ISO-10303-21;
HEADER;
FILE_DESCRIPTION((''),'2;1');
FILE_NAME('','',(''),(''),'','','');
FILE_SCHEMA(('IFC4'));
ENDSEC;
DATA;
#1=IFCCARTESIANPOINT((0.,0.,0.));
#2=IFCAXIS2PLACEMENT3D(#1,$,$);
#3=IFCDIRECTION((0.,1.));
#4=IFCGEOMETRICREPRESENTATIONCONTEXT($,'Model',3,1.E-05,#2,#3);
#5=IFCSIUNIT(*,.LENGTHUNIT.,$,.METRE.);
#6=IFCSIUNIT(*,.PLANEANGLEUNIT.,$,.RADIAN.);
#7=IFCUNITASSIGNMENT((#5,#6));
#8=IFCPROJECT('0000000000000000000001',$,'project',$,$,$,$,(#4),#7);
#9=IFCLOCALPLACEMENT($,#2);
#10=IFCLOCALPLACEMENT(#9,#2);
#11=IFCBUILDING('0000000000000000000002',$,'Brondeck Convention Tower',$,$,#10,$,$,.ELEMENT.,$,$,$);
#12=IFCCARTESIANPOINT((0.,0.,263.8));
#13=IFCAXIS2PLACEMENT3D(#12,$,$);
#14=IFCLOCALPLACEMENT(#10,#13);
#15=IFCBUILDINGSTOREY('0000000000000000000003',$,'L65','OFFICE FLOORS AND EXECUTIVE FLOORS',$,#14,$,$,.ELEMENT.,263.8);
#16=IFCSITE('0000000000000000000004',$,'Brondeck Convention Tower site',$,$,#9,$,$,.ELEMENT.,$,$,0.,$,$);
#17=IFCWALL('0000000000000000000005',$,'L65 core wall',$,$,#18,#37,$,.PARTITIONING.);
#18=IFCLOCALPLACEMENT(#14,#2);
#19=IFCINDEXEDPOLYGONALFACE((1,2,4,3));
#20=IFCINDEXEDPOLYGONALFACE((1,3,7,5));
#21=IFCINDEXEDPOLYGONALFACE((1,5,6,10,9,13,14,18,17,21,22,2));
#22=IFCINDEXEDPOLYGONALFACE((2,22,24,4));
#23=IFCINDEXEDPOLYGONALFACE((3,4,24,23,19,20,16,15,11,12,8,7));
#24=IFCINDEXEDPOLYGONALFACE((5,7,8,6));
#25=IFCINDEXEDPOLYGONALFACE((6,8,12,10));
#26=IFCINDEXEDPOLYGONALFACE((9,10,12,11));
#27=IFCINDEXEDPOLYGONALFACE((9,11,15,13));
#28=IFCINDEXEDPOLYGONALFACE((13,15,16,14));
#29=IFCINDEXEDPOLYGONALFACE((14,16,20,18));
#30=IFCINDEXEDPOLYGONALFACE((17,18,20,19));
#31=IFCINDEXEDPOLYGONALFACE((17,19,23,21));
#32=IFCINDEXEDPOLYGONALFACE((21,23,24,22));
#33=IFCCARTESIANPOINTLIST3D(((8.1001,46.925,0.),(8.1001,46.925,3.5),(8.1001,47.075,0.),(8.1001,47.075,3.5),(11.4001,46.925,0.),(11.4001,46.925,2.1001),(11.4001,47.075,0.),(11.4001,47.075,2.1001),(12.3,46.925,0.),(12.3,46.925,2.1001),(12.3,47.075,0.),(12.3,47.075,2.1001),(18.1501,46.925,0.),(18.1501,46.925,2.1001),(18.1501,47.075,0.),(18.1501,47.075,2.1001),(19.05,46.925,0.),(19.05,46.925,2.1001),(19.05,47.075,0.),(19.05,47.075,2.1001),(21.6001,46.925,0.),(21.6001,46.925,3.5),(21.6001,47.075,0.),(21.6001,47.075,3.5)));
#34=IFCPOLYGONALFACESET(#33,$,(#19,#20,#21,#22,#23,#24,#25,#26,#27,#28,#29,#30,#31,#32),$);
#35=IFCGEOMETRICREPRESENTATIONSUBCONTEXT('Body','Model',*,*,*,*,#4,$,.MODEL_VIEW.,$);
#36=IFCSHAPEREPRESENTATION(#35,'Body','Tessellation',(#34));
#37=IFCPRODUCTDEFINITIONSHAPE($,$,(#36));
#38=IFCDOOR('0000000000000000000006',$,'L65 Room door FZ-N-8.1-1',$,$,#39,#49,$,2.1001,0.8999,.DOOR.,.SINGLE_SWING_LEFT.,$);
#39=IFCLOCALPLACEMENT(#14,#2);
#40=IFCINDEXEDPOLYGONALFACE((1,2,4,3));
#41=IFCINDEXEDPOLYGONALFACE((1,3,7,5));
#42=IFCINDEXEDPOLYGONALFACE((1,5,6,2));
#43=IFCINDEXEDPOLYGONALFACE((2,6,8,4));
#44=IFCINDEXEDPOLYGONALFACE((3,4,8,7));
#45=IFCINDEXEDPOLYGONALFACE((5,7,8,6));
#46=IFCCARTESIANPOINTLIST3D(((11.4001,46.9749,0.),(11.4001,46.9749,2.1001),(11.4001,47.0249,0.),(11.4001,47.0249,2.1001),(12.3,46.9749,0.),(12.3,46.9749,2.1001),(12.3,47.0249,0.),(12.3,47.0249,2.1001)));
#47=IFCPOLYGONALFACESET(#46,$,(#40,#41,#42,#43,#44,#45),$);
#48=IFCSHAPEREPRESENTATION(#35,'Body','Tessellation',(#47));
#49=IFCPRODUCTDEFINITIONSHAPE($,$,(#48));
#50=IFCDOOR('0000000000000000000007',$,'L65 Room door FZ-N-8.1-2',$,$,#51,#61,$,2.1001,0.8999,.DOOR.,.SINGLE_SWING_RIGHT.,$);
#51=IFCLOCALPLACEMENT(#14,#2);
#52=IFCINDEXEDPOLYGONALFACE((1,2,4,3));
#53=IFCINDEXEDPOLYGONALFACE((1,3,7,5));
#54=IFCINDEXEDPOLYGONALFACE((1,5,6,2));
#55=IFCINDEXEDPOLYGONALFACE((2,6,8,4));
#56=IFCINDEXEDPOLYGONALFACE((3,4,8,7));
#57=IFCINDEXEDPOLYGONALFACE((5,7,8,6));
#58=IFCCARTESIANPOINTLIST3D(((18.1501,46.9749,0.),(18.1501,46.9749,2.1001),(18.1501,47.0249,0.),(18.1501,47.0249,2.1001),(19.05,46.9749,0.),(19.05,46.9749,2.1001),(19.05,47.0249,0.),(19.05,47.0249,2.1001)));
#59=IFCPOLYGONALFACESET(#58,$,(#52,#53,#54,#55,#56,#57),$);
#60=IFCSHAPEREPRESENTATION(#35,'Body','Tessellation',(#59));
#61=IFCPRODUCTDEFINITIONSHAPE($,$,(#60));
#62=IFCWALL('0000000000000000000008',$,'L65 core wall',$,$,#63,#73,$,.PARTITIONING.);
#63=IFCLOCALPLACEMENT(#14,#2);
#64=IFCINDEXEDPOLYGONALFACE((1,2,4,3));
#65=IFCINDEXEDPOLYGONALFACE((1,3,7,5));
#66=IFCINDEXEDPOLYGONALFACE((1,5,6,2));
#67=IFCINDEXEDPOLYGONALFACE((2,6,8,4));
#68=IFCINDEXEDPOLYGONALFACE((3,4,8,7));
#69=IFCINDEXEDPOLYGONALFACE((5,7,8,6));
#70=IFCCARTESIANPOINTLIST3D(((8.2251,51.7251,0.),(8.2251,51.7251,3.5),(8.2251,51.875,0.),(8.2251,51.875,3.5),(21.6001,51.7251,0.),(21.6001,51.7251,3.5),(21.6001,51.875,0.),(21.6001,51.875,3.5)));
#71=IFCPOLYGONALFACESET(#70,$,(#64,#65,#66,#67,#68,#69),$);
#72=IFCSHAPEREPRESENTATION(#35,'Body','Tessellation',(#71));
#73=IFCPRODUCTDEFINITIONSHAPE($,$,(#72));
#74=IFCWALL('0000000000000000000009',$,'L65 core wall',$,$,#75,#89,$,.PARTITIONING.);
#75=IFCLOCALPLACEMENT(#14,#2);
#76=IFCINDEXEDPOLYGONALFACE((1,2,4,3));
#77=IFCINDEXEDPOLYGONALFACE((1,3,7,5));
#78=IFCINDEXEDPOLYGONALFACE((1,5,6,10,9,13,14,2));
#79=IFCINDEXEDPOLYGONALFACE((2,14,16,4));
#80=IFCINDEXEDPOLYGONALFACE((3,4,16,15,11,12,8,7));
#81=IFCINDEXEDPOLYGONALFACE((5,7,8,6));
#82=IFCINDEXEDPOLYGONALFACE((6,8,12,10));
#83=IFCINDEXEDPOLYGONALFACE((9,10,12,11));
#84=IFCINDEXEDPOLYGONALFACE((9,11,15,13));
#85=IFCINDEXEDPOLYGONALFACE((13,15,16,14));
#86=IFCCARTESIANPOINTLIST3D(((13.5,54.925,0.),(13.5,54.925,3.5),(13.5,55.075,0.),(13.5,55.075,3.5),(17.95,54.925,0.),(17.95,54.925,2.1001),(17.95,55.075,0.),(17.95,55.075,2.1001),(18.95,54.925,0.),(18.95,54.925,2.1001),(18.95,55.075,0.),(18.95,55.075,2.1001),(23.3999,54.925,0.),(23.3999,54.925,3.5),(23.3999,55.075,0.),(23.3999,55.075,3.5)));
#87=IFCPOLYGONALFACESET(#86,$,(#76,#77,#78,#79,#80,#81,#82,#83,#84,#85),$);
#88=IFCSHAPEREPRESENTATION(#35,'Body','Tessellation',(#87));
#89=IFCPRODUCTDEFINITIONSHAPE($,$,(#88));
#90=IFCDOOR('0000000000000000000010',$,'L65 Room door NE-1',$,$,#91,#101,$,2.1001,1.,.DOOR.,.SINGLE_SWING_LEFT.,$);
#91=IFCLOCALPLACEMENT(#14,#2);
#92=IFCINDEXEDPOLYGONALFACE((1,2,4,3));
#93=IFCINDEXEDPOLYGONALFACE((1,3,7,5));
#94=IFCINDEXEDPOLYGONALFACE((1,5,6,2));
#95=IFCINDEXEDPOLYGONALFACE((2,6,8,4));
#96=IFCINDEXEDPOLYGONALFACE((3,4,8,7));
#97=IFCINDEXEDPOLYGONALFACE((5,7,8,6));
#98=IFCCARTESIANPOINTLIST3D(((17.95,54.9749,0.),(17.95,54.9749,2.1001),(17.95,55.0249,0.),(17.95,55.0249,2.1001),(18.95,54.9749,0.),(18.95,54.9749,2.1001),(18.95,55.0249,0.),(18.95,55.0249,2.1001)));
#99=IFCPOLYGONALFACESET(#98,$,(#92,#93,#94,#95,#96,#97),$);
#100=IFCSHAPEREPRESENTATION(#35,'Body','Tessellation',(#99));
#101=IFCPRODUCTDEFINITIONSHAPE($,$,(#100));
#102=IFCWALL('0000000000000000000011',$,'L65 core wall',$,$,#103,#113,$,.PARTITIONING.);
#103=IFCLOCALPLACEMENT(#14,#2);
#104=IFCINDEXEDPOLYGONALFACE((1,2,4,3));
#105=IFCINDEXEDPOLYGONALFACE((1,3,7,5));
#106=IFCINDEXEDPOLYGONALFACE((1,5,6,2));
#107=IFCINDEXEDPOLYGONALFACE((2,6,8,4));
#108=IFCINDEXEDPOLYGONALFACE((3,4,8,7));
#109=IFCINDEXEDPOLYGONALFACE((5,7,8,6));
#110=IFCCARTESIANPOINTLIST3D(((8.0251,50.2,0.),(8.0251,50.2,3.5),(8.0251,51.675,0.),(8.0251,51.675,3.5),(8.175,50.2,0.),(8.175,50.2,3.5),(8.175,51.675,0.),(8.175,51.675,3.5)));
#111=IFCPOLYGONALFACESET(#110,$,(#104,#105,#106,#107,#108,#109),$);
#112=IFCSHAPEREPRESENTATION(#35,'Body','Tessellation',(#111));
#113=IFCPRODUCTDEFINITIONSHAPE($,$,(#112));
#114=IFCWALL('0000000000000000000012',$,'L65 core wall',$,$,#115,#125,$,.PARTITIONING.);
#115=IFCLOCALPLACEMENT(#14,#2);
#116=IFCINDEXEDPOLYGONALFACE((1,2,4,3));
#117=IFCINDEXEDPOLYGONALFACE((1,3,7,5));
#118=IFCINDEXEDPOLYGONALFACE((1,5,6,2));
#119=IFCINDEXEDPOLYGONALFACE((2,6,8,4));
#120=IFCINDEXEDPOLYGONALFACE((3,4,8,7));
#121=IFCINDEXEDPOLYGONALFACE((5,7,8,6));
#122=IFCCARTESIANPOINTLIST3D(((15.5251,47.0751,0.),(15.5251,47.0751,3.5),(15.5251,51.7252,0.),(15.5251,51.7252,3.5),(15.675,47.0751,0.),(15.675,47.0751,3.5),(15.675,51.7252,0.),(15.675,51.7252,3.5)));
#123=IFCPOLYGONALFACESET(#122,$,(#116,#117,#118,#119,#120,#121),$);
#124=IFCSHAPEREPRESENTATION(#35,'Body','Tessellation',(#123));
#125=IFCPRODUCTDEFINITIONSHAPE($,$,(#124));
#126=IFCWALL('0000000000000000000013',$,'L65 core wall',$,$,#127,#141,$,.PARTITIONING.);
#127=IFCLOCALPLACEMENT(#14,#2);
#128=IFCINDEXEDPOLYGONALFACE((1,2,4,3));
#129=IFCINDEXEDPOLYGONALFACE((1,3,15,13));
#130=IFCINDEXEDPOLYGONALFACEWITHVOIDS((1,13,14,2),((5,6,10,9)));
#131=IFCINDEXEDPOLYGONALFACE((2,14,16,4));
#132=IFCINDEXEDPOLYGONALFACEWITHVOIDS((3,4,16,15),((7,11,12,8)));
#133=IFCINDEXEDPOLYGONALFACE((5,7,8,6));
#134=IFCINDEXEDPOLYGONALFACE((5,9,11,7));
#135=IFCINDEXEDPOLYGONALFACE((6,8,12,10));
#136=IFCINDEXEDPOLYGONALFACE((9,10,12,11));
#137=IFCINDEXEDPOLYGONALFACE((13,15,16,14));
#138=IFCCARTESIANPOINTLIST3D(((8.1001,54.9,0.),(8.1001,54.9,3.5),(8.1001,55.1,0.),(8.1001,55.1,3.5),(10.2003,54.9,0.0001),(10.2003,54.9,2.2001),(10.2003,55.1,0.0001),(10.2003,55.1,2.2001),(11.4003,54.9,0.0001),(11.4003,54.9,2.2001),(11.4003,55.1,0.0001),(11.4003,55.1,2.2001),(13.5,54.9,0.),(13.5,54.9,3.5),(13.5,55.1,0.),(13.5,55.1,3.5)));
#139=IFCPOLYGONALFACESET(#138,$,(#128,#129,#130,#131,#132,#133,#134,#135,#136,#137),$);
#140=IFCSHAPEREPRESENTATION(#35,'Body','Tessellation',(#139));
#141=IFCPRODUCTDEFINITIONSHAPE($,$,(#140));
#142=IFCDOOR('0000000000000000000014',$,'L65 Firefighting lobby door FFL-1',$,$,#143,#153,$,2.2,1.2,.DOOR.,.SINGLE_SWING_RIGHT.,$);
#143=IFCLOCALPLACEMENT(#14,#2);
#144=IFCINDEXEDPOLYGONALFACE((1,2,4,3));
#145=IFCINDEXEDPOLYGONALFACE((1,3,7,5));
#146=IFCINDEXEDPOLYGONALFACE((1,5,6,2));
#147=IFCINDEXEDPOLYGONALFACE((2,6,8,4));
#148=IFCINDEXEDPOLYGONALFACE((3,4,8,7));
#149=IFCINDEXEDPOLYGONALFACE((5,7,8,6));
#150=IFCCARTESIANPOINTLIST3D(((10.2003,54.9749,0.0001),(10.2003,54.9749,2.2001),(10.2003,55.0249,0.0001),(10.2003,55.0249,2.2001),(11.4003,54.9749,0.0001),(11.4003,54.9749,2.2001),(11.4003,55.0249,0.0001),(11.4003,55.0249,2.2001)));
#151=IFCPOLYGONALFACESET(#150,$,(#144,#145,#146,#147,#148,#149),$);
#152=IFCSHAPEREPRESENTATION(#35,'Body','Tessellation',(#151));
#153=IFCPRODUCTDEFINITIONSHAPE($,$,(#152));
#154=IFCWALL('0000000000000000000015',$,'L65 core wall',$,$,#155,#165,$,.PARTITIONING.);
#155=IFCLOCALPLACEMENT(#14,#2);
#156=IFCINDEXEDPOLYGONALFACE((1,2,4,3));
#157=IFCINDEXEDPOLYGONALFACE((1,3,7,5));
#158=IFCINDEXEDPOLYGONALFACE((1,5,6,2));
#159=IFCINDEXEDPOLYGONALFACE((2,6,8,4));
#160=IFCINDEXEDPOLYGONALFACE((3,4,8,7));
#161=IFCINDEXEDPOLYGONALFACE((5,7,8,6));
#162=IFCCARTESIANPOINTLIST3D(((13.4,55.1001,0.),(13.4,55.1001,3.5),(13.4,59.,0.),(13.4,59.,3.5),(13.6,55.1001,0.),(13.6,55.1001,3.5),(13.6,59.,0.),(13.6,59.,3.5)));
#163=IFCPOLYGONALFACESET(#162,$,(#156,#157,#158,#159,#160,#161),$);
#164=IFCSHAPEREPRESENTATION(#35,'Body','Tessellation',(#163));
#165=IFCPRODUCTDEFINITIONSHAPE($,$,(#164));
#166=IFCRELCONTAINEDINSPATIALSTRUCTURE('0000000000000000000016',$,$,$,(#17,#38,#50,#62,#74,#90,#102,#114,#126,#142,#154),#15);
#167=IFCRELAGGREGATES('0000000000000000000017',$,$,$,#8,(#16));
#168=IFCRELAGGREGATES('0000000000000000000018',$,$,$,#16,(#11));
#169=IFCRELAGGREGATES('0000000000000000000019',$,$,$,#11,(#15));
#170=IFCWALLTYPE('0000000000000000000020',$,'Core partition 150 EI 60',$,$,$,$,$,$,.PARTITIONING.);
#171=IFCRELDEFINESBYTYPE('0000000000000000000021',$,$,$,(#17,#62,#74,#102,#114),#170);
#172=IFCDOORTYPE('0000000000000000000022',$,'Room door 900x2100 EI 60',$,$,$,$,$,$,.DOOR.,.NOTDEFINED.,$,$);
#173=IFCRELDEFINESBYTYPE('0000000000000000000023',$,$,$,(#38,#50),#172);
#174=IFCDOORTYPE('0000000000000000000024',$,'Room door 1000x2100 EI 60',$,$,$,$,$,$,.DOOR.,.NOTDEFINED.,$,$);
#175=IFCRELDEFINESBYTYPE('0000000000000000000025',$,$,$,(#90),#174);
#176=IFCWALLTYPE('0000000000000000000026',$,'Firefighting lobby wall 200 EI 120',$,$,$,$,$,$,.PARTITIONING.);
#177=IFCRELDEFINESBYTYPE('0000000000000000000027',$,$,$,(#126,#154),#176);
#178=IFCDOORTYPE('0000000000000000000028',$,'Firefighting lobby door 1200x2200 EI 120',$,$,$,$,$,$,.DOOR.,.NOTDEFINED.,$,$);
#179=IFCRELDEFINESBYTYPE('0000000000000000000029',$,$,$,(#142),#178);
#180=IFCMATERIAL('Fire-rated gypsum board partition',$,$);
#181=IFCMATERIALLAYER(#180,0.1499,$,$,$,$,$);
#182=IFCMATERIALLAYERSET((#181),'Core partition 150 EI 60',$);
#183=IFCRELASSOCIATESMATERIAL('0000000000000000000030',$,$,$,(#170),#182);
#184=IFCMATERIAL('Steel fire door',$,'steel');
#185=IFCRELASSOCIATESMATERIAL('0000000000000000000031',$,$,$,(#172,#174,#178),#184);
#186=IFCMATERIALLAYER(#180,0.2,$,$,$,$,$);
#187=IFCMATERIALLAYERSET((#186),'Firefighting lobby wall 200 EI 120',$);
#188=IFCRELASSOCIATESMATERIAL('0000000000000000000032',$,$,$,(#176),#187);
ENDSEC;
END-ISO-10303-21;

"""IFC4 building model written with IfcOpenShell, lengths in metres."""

from ifc_helpers import new_model, si_unit, direction, frame, frame_2d, origin, place, context, subcontext, project, spatial, rectangle, extrude, material, layer, layer_set, type_object, element, fill, save


model = new_model("IFC4")

# Units and contexts
model_context = context("Model", 3, precision=1e-05, world=origin(), true_north=direction((0.0, 1.0)))
body_context = subcontext(model_context, "Body", "Model", "MODEL_VIEW")
ifc_project = project(units=[si_unit("LENGTHUNIT", "METRE"), si_unit("PLANEANGLEUNIT", "RADIAN")], contexts=[model_context])

# Site, building, storey
site_placement = place(None, origin())
site = spatial("IfcSite", under=ifc_project, at=site_placement, Name="Brondeck Convention Tower site", CompositionType="ELEMENT", RefElevation=0.0)
building_placement = place(site_placement, origin())
building = spatial("IfcBuilding", under=site, at=building_placement, Name="Brondeck Convention Tower", CompositionType="ELEMENT")
storey_placement = place(building_placement, frame((0.0, 0.0, 263.8)))
storey = spatial("IfcBuildingStorey", under=building, at=storey_placement, Name="L65", Description="OFFICE FLOORS AND EXECUTIVE FLOORS", CompositionType="ELEMENT", Elevation=263.8)

# Wall, openings, doors
ifc_material_1 = material(Name="Fire-rated gypsum board partition")
ifc_layer_1 = layer(ifc_material_1, 0.1499)
ifc_layer_set_1 = layer_set([ifc_layer_1], Name="Core partition 150 EI 60")
wall_type_1 = type_object("IfcWallType", Name="Core partition 150 EI 60", PredefinedType="PARTITIONING", material=ifc_layer_set_1)
wall_1_placement = place(storey_placement, frame((8.1001, 47.0, 0.0), z_axis=(0.0, 0.0, 1.0), x_axis=(1.0, 0.0, 0.0)))
wall_1 = element("IfcWall", 1, at=wall_1_placement, inside=storey, type_object=wall_type_1, Name="L65 core wall", PredefinedType="PARTITIONING", context=body_context, shape_type="SweptSolid", body=[
    extrude(rectangle(XDim=13.5, YDim=0.1499, at=frame_2d((6.75, 0.0))), origin(), (0.0, 0.0, 1.0), 3.5),
])
opening_1_placement = place(wall_1_placement, frame((3.3, 0.0, 0.0)))
opening_1 = element("IfcOpeningElement", 2, at=opening_1_placement, cuts=wall_1, PredefinedType="OPENING", context=body_context, shape_type="SweptSolid", body=[
    extrude(rectangle(XDim=0.8999, YDim=2.1001, at=frame_2d((0.45, 1.05))), frame((0.0, 0.085, 0.0), z_axis=(0.0, -1.0, 0.0), x_axis=(1.0, 0.0, 0.0)), (0.0, 0.0, 1.0), 0.1699),
])
opening_2_placement = place(wall_1_placement, frame((10.05, 0.0, 0.0)))
opening_2 = element("IfcOpeningElement", 3, at=opening_2_placement, cuts=wall_1, PredefinedType="OPENING", context=body_context, shape_type="SweptSolid", body=[
    extrude(rectangle(XDim=0.8999, YDim=2.1001, at=frame_2d((0.45, 1.05))), frame((0.0, 0.085, 0.0), z_axis=(0.0, -1.0, 0.0), x_axis=(1.0, 0.0, 0.0)), (0.0, 0.0, 1.0), 0.1699),
])
ifc_material_2 = material(Name="Steel fire door", Category="steel")
door_type_1 = type_object("IfcDoorType", Name="Room door 900x2100 EI 60", OperationType="NOTDEFINED", PredefinedType="DOOR", material=ifc_material_2)
door_1_placement = place(opening_1_placement, origin())
door_1 = element("IfcDoor", 4, at=door_1_placement, inside=storey, type_object=door_type_1, Name="L65 Room door FZ-N-8.1-1", OperationType="SINGLE_SWING_LEFT", OverallHeight=2.1001, OverallWidth=0.8999, PredefinedType="DOOR", context=body_context, shape_type="SweptSolid", body=[
    extrude(rectangle(XDim=0.8999, YDim=2.1001, at=frame_2d((0.45, 1.05))), frame((0.0, 0.0249, 0.0), z_axis=(0.0, -1.0, 0.0), x_axis=(1.0, 0.0, 0.0)), (0.0, 0.0, 1.0), 0.05),
])
fill(opening_1, door_1)
door_2_placement = place(opening_2_placement, origin())
door_2 = element("IfcDoor", 5, at=door_2_placement, inside=storey, type_object=door_type_1, Name="L65 Room door FZ-N-8.1-2", OperationType="SINGLE_SWING_RIGHT", OverallHeight=2.1001, OverallWidth=0.8999, PredefinedType="DOOR", context=body_context, shape_type="SweptSolid", body=[
    extrude(rectangle(XDim=0.8999, YDim=2.1001, at=frame_2d((0.45, 1.05))), frame((0.0, 0.0249, 0.0), z_axis=(0.0, -1.0, 0.0), x_axis=(1.0, 0.0, 0.0)), (0.0, 0.0, 1.0), 0.05),
])
fill(opening_2, door_2)

# Wall
wall_2_placement = place(storey_placement, frame((8.2251, 51.8, 0.0), z_axis=(0.0, 0.0, 1.0), x_axis=(1.0, 0.0, 0.0)))
element("IfcWall", 6, at=wall_2_placement, inside=storey, type_object=wall_type_1, Name="L65 core wall", PredefinedType="PARTITIONING", context=body_context, shape_type="SweptSolid", body=[
    extrude(rectangle(XDim=13.375, YDim=0.1499, at=frame_2d((6.6875, 0.0))), origin(), (0.0, 0.0, 1.0), 3.5),
])

# Wall, opening, door
wall_3_placement = place(storey_placement, frame((13.5, 55.0, 0.0), z_axis=(0.0, 0.0, 1.0), x_axis=(1.0, 0.0, 0.0)))
wall_3 = element("IfcWall", 7, at=wall_3_placement, inside=storey, type_object=wall_type_1, Name="L65 core wall", PredefinedType="PARTITIONING", context=body_context, shape_type="SweptSolid", body=[
    extrude(rectangle(XDim=9.8999, YDim=0.1499, at=frame_2d((4.95, 0.0))), origin(), (0.0, 0.0, 1.0), 3.5),
])
opening_3_placement = place(wall_3_placement, frame((4.45, 0.0, 0.0)))
opening_3 = element("IfcOpeningElement", 8, at=opening_3_placement, cuts=wall_3, PredefinedType="OPENING", context=body_context, shape_type="SweptSolid", body=[
    extrude(rectangle(XDim=1.0, YDim=2.1001, at=frame_2d((0.5, 1.05))), frame((0.0, 0.085, 0.0), z_axis=(0.0, -1.0, 0.0), x_axis=(1.0, 0.0, 0.0)), (0.0, 0.0, 1.0), 0.1699),
])
door_type_2 = type_object("IfcDoorType", Name="Room door 1000x2100 EI 60", OperationType="NOTDEFINED", PredefinedType="DOOR", material=ifc_material_2)
door_3_placement = place(opening_3_placement, origin())
door_3 = element("IfcDoor", 9, at=door_3_placement, inside=storey, type_object=door_type_2, Name="L65 Room door NE-1", OperationType="SINGLE_SWING_LEFT", OverallHeight=2.1001, OverallWidth=1.0, PredefinedType="DOOR", context=body_context, shape_type="SweptSolid", body=[
    extrude(rectangle(XDim=1.0, YDim=2.1001, at=frame_2d((0.5, 1.05))), frame((0.0, 0.0249, 0.0), z_axis=(0.0, -1.0, 0.0), x_axis=(1.0, 0.0, 0.0)), (0.0, 0.0, 1.0), 0.05),
])
fill(opening_3, door_3)

# Walls
wall_4_placement = place(storey_placement, frame((8.1001, 50.2, 0.0), z_axis=(0.0, 0.0, 1.0), x_axis=(0.0, 1.0, 0.0)))
element("IfcWall", 10, at=wall_4_placement, inside=storey, type_object=wall_type_1, Name="L65 core wall", PredefinedType="PARTITIONING", context=body_context, shape_type="SweptSolid", body=[
    extrude(rectangle(XDim=1.4751, YDim=0.1499, at=frame_2d((0.7375, 0.0))), origin(), (0.0, 0.0, 1.0), 3.5),
])
wall_5_placement = place(storey_placement, frame((15.6001, 47.075, 0.0), z_axis=(0.0, 0.0, 1.0), x_axis=(0.0, 1.0, 0.0)))
element("IfcWall", 11, at=wall_5_placement, inside=storey, type_object=wall_type_1, Name="L65 core wall", PredefinedType="PARTITIONING", context=body_context, shape_type="SweptSolid", body=[
    extrude(rectangle(XDim=4.6501, YDim=0.1499, at=frame_2d((2.3252, 0.0))), origin(), (0.0, 0.0, 1.0), 3.5),
])

# Wall, opening, door
ifc_layer_2 = layer(ifc_material_1, 0.2)
ifc_layer_set_2 = layer_set([ifc_layer_2], Name="Firefighting lobby wall 200 EI 120")
wall_type_2 = type_object("IfcWallType", Name="Firefighting lobby wall 200 EI 120", PredefinedType="PARTITIONING", material=ifc_layer_set_2)
wall_6_placement = place(storey_placement, frame((8.1001, 55.0, 0.0), z_axis=(0.0, 0.0, 1.0), x_axis=(1.0, 0.0, 0.0)))
wall_6 = element("IfcWall", 12, at=wall_6_placement, inside=storey, type_object=wall_type_2, Name="L65 core wall", PredefinedType="PARTITIONING", context=body_context, shape_type="SweptSolid", body=[
    extrude(rectangle(XDim=5.3999, YDim=0.2, at=frame_2d((2.7, 0.0))), origin(), (0.0, 0.0, 1.0), 3.5),
])
opening_4_placement = place(wall_6_placement, frame((2.1001, 0.0, 0.0)))
opening_4 = element("IfcOpeningElement", 13, at=opening_4_placement, cuts=wall_6, PredefinedType="OPENING", context=body_context, shape_type="SweptSolid", body=[
    extrude(rectangle(XDim=1.2, YDim=2.2, at=frame_2d((0.6001, 1.1001))), frame((0.0, 0.1099, 0.0), z_axis=(0.0, -1.0, 0.0), x_axis=(1.0, 0.0, 0.0)), (0.0, 0.0, 1.0), 0.22),
])
door_type_3 = type_object("IfcDoorType", Name="Firefighting lobby door 1200x2200 EI 120", OperationType="NOTDEFINED", PredefinedType="DOOR", material=ifc_material_2)
door_4_placement = place(opening_4_placement, origin())
door_4 = element("IfcDoor", 14, at=door_4_placement, inside=storey, type_object=door_type_3, Name="L65 Firefighting lobby door FFL-1", OperationType="SINGLE_SWING_RIGHT", OverallHeight=2.2, OverallWidth=1.2, PredefinedType="DOOR", context=body_context, shape_type="SweptSolid", body=[
    extrude(rectangle(XDim=1.2, YDim=2.2, at=frame_2d((0.6001, 1.1001))), frame((0.0, 0.0249, 0.0), z_axis=(0.0, -1.0, 0.0), x_axis=(1.0, 0.0, 0.0)), (0.0, 0.0, 1.0), 0.05),
])
fill(opening_4, door_4)

# Wall
wall_7_placement = place(storey_placement, frame((13.5, 55.1001, 0.0), z_axis=(0.0, 0.0, 1.0), x_axis=(0.0, 1.0, 0.0)))
element("IfcWall", 15, at=wall_7_placement, inside=storey, type_object=wall_type_2, Name="L65 core wall", PredefinedType="PARTITIONING", context=body_context, shape_type="SweptSolid", body=[
    extrude(rectangle(XDim=3.8999, YDim=0.2, at=frame_2d((1.95, 0.0))), origin(), (0.0, 0.0, 1.0), 3.5),
])

save(model, "model.ifc")
